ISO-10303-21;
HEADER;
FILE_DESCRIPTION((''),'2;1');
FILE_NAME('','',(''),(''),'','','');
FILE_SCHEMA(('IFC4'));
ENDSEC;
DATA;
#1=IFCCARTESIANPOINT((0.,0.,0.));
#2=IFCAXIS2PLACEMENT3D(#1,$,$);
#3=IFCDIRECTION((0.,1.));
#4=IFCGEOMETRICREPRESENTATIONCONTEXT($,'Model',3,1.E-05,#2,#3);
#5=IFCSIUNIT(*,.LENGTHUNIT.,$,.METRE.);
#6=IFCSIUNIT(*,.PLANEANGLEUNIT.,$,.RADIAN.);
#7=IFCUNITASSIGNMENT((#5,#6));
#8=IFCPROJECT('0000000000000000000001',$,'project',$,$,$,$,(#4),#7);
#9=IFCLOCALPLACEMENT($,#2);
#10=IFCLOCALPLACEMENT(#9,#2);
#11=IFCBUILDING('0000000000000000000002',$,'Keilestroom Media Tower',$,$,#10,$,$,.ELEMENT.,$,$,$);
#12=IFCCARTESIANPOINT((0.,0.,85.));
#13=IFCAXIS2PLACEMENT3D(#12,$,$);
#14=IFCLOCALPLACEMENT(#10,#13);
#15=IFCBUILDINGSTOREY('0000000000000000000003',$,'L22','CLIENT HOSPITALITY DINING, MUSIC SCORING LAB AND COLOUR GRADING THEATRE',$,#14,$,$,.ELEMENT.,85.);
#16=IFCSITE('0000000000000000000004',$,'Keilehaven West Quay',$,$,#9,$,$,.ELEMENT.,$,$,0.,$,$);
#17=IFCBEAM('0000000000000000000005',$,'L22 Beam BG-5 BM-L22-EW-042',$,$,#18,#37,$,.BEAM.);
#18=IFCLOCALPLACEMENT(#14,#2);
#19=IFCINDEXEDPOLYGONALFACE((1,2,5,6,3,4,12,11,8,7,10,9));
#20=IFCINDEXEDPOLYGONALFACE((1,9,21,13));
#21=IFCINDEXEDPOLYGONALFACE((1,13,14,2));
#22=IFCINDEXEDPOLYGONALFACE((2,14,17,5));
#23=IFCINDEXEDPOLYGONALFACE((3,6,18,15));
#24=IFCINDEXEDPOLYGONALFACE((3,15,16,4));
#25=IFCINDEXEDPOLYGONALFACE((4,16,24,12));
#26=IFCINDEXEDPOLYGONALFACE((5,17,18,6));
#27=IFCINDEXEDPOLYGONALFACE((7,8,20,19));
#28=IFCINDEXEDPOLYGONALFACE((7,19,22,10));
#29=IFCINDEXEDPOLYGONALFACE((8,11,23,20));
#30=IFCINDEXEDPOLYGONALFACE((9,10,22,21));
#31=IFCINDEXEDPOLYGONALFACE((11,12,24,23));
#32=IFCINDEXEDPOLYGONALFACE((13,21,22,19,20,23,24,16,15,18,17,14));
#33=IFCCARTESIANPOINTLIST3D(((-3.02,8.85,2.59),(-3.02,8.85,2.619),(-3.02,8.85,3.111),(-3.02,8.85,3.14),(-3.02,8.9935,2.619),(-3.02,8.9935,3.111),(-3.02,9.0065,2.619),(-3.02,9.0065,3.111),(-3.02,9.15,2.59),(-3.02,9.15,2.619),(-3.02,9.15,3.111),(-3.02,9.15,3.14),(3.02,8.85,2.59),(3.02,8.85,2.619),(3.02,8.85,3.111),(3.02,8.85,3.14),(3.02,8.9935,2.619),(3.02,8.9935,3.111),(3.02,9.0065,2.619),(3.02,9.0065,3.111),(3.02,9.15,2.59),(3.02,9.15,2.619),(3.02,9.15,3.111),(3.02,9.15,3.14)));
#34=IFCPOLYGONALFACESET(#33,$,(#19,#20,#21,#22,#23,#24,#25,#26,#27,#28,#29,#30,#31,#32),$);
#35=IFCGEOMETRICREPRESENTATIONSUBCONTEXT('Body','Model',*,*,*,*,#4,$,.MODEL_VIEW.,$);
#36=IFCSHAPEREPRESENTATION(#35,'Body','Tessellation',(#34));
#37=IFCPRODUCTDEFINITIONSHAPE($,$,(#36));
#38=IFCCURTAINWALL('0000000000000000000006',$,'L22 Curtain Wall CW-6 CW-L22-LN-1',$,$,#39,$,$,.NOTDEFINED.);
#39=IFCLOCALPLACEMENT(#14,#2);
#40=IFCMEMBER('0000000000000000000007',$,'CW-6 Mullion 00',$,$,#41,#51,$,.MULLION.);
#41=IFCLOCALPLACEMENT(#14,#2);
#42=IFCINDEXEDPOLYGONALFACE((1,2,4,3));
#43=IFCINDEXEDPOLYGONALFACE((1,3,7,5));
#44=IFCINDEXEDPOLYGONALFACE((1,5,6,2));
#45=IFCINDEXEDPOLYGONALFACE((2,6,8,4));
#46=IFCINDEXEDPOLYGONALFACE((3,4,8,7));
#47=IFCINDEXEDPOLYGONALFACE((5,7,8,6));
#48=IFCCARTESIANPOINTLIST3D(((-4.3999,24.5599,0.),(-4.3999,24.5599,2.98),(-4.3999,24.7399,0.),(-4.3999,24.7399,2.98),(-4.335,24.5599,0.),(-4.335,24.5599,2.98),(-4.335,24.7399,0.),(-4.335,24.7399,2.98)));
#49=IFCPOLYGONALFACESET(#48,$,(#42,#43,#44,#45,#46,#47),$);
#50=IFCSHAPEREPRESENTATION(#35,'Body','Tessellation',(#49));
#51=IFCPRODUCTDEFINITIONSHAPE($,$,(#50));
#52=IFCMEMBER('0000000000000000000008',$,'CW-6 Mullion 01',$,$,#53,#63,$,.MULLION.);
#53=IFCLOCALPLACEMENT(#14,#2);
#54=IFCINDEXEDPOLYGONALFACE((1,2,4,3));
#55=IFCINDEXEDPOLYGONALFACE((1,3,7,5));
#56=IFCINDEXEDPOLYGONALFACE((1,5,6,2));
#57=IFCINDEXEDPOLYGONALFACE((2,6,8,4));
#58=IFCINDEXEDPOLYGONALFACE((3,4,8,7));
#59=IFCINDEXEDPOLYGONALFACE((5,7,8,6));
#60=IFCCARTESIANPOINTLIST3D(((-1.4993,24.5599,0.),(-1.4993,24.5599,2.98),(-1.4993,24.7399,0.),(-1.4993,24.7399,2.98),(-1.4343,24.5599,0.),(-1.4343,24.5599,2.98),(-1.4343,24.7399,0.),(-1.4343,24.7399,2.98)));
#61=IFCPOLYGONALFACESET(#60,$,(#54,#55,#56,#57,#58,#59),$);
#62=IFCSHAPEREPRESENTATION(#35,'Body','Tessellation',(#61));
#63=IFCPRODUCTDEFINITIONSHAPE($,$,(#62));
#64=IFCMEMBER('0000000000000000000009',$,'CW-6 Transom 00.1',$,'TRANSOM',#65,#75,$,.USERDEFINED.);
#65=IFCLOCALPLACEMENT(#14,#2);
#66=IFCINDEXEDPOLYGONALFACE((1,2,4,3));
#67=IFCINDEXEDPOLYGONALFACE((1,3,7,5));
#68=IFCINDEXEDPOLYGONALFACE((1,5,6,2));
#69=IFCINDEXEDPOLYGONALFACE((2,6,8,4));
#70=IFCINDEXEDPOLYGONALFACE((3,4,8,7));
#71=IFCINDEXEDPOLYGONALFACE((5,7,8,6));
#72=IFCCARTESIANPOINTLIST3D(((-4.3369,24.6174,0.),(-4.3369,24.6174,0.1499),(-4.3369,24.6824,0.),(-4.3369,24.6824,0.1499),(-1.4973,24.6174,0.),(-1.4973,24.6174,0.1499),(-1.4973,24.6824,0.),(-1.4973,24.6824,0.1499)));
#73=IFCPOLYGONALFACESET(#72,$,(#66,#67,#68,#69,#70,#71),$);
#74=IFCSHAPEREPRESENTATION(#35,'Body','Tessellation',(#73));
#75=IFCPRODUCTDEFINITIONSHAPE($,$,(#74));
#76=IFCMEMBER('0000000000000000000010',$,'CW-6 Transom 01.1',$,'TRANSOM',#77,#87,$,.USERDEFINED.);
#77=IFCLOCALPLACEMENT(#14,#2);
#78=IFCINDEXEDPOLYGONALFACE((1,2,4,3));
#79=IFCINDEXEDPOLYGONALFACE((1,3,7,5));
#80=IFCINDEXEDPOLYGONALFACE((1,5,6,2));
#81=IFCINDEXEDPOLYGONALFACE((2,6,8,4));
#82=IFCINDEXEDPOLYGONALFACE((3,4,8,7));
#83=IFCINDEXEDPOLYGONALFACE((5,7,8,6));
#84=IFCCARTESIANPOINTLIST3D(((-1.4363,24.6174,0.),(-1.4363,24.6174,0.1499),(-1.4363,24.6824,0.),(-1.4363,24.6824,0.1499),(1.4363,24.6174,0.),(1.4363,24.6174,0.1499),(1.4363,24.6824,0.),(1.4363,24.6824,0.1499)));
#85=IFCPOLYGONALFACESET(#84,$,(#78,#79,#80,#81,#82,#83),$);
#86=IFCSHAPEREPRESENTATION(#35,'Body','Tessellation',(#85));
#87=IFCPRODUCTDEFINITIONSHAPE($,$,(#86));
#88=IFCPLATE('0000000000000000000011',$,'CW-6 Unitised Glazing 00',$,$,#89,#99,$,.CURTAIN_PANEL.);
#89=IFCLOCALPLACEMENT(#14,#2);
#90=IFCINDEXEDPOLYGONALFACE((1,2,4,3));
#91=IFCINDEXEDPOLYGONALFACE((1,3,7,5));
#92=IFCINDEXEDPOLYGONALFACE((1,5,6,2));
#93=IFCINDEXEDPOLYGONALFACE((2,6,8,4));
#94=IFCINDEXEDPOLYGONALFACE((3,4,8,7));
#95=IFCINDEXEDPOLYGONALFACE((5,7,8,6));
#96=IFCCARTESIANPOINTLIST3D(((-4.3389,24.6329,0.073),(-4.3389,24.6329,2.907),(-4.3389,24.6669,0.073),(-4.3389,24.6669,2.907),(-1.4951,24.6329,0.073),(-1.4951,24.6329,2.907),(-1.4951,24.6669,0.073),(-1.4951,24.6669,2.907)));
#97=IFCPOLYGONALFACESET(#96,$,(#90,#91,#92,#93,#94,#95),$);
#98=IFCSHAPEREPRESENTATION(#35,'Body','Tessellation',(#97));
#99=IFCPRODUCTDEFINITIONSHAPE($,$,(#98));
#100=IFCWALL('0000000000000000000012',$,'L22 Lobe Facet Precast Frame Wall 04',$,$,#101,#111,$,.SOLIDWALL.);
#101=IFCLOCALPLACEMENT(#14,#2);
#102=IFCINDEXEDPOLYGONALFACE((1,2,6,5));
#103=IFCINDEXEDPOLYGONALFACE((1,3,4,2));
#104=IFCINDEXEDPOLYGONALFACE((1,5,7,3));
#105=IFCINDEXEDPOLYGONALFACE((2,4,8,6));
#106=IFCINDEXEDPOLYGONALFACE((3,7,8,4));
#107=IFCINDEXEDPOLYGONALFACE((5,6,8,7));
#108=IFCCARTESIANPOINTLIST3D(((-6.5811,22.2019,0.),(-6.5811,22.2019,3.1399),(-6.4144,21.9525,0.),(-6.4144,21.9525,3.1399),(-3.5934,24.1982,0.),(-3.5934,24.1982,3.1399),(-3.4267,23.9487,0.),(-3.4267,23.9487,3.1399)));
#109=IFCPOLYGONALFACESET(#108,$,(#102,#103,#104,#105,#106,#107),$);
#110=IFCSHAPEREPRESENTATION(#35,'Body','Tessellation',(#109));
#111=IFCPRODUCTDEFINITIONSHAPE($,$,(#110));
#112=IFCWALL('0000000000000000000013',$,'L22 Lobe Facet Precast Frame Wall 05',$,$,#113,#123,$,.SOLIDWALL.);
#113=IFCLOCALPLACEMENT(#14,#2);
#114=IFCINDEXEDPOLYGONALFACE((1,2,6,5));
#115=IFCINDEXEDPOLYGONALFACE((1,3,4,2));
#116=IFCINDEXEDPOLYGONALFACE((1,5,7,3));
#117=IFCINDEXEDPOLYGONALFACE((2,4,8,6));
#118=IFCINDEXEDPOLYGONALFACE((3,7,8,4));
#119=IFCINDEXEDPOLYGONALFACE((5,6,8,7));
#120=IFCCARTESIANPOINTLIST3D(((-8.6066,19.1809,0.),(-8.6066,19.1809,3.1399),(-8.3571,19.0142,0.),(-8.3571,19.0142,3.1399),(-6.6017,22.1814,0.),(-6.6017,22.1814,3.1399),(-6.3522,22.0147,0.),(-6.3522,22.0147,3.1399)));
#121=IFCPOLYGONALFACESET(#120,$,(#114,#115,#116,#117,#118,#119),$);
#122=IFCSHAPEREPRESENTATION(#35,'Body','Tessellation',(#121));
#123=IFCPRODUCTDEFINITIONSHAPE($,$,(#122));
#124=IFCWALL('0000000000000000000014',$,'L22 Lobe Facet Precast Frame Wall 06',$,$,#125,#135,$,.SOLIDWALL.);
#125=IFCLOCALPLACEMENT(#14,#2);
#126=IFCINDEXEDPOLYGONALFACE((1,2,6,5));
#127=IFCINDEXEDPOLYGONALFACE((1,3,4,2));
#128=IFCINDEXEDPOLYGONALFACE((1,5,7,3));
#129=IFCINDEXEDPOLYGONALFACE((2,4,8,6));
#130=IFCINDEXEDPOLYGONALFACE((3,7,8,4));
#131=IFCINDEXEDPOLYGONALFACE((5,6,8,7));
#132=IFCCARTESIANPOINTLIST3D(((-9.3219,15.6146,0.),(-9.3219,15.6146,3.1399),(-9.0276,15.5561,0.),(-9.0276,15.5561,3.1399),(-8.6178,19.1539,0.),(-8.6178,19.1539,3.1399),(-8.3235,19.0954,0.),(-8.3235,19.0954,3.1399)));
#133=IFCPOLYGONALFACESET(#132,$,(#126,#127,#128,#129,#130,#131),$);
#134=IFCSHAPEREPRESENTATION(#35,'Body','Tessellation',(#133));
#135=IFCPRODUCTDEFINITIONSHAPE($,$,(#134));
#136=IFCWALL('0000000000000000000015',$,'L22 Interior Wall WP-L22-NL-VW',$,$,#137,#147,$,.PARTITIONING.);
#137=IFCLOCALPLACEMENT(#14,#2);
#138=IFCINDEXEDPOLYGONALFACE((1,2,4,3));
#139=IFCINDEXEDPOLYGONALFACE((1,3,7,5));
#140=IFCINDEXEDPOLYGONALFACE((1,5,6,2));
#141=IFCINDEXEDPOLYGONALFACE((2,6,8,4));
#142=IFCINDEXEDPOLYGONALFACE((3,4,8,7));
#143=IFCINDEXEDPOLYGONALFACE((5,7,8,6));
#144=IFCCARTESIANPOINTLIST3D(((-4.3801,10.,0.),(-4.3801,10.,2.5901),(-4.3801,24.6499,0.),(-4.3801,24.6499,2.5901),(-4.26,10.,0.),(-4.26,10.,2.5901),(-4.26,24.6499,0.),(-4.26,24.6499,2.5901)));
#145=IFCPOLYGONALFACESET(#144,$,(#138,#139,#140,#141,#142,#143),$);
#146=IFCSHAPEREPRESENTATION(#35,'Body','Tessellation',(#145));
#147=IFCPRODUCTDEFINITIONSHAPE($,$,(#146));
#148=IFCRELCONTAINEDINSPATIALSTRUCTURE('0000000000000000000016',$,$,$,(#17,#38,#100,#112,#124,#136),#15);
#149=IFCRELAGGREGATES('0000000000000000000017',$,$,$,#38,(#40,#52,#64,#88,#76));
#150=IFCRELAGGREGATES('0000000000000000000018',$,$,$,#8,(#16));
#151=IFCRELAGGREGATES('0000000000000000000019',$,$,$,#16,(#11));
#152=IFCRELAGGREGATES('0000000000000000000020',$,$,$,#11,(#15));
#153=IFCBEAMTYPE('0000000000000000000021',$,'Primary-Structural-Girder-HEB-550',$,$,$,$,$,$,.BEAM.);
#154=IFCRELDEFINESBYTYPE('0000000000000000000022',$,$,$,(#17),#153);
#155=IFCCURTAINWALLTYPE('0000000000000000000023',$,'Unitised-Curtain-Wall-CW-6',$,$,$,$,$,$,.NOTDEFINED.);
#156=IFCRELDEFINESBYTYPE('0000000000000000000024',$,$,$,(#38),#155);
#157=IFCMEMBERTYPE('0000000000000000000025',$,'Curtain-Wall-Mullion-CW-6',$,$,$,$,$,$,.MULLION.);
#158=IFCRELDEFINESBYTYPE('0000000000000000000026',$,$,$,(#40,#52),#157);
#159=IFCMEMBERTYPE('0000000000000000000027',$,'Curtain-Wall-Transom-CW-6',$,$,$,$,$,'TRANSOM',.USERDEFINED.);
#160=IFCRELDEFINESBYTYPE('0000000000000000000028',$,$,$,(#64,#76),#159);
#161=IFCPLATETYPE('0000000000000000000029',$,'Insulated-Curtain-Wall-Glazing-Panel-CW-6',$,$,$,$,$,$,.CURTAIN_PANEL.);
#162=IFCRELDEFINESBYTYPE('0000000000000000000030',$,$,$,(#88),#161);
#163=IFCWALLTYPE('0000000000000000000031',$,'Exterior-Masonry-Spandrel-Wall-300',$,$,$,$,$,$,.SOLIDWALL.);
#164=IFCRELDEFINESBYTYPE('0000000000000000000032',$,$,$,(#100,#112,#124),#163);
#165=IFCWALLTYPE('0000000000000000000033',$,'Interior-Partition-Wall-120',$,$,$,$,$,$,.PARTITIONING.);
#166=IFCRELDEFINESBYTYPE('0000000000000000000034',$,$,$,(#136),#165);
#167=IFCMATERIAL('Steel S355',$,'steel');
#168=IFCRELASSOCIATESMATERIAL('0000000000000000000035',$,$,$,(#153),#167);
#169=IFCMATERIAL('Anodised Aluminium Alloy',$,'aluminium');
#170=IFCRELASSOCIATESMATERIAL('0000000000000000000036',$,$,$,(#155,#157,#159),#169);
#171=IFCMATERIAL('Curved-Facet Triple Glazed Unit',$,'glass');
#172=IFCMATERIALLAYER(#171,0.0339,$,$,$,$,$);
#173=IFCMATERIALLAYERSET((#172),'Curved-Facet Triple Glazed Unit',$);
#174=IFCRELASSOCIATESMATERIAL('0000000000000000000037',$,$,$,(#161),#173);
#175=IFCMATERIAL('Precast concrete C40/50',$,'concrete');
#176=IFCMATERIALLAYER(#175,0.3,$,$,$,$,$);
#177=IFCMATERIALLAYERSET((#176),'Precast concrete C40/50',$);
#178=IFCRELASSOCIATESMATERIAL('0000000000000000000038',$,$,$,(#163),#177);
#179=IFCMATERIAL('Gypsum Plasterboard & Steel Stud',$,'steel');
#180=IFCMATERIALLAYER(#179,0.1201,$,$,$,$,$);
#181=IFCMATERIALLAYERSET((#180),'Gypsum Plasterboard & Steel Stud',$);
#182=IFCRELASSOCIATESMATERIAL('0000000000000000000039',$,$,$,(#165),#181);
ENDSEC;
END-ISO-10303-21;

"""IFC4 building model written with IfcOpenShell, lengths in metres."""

from ifc_helpers import new_model, si_unit, direction, frame, frame_2d, origin, origin_2d, place, context, subcontext, project, spatial, rectangle, i_section, extrude, source, transform, mapped, material, layer, layer_set, material_profile, profile_set, type_object, element, aggregate, save


model = new_model("IFC4")

# Units and contexts
model_context = context("Model", 3, precision=1e-05, world=origin(), true_north=direction((0.0, 1.0)))
body_context = subcontext(model_context, "Body", "Model", "MODEL_VIEW")
ifc_project = project(units=[si_unit("LENGTHUNIT", "METRE"), si_unit("PLANEANGLEUNIT", "RADIAN")], contexts=[model_context])

# Site, building, storey
site_placement = place(None, origin())
site = spatial("IfcSite", under=ifc_project, at=site_placement, Name="Keilehaven West Quay", CompositionType="ELEMENT", RefElevation=0.0)
building_placement = place(site_placement, origin())
building = spatial("IfcBuilding", under=site, at=building_placement, Name="Keilestroom Media Tower", CompositionType="ELEMENT")
storey_placement = place(building_placement, frame((0.0, 0.0, 85.0)))
storey = spatial("IfcBuildingStorey", under=building, at=storey_placement, Name="L22", Description="CLIENT HOSPITALITY DINING, MUSIC SCORING LAB AND COLOUR GRADING THEATRE", CompositionType="ELEMENT", Elevation=85.0)

# Beam
ifc_material_1 = material(Name="Steel S355", Category="steel")
ifc_material_profile_1 = material_profile(ifc_material_1, i_section(OverallWidth=0.3, OverallDepth=0.55, WebThickness=0.0129, FlangeThickness=0.0291, at=origin_2d()), Name="HEB 550")
ifc_profile_set_1 = profile_set([ifc_material_profile_1], Name="Steel S355")
beam_type = type_object("IfcBeamType", Name="Primary-Structural-Girder-HEB-550", PredefinedType="BEAM", material=ifc_profile_set_1)
shared_shape_1 = source(origin(), body_context, "Body", "SweptSolid", [
    extrude(i_section(OverallWidth=0.3, OverallDepth=0.55, WebThickness=0.0129, FlangeThickness=0.0291, at=origin_2d()), origin(), (0.0, 0.0, 1.0), 6.04),
])
beam_1_placement = place(storey_placement, frame((-3.02, 9.0, 2.865), z_axis=(1.0, 0.0, 0.0), x_axis=(0.0, 1.0, 0.0)))
element("IfcBeam", 1, at=beam_1_placement, inside=storey, type_object=beam_type, Name="L22 Beam BG-5 BM-L22-EW-042", PredefinedType="BEAM", context=body_context, shape_type="MappedRepresentation", body=[
    mapped(shared_shape_1, transform((0.0, 0.0, 0.0), x_axis=(1.0, 0.0, 0.0), y_axis=(0.0, 1.0, 0.0), z_axis=(0.0, 0.0, 1.0), scale=1.0)),
])

# Curtain wall, members, plate
ifc_material_2 = material(Name="Anodised Aluminium Alloy", Category="aluminium")
curtain_wall_type = type_object("IfcCurtainWallType", Name="Unitised-Curtain-Wall-CW-6", PredefinedType="NOTDEFINED", material=ifc_material_2)
curtain_wall_placement = place(storey_placement, origin())
curtain_wall = element("IfcCurtainWall", 2, at=curtain_wall_placement, inside=storey, type_object=curtain_wall_type, Name="L22 Curtain Wall CW-6 CW-L22-LN-1", PredefinedType="NOTDEFINED")
ifc_material_profile_2 = material_profile(ifc_material_2, rectangle(XDim=0.0649, YDim=0.1799, at=origin_2d()), Name="ALU MULLION 65x180")
ifc_profile_set_2 = profile_set([ifc_material_profile_2], Name="Anodised Aluminium Alloy")
member_type_1 = type_object("IfcMemberType", Name="Curtain-Wall-Mullion-CW-6", PredefinedType="MULLION", material=ifc_profile_set_2)
shared_shape_2 = source(origin(), body_context, "Body", "SweptSolid", [
    extrude(rectangle(XDim=0.0649, YDim=0.1799, at=origin_2d()), origin(), (0.0, 0.0, 1.0), 2.98),
])
member_1_placement = place(storey_placement, frame((-4.3674, 24.6499, 0.0), z_axis=(0.0, 0.0, 1.0), x_axis=(1.0, 0.0, 0.0)))
member_1 = element("IfcMember", 3, at=member_1_placement, type_object=member_type_1, Name="CW-6 Mullion 00", PredefinedType="MULLION", context=body_context, shape_type="MappedRepresentation", body=[
    mapped(shared_shape_2, transform((0.0, 0.0, 0.0), x_axis=(1.0, 0.0, 0.0), y_axis=(0.0, 1.0, 0.0), z_axis=(0.0, 0.0, 1.0), scale=1.0)),
])
member_2_placement = place(storey_placement, frame((-1.4668, 24.6499, 0.0), z_axis=(0.0, 0.0, 1.0), x_axis=(1.0, 0.0, 0.0)))
member_2 = element("IfcMember", 4, at=member_2_placement, type_object=member_type_1, Name="CW-6 Mullion 01", PredefinedType="MULLION", context=body_context, shape_type="MappedRepresentation", body=[
    mapped(shared_shape_2, transform((0.0, 0.0, 0.0), x_axis=(1.0, 0.0, 0.0), y_axis=(0.0, 1.0, 0.0), z_axis=(0.0, 0.0, 1.0), scale=1.0)),
])
ifc_material_profile_3 = material_profile(ifc_material_2, rectangle(XDim=0.0649, YDim=0.1499, at=origin_2d()), Name="ALU TRANSOM 65x150")
ifc_profile_set_3 = profile_set([ifc_material_profile_3], Name="Anodised Aluminium Alloy")
member_type_2 = type_object("IfcMemberType", Name="Curtain-Wall-Transom-CW-6", ElementType="TRANSOM", PredefinedType="USERDEFINED", material=ifc_profile_set_3)
shared_shape_3 = source(origin(), body_context, "Body", "SweptSolid", [
    extrude(rectangle(XDim=0.0649, YDim=0.1499, at=origin_2d()), origin(), (0.0, 0.0, 1.0), 2.8396),
])
member_3_placement = place(storey_placement, frame((-4.3369, 24.6499, 0.075), z_axis=(1.0, 0.0, 0.0), x_axis=(0.0, 1.0, 0.0)))
member_3 = element("IfcMember", 5, at=member_3_placement, type_object=member_type_2, Name="CW-6 Transom 00.1", ObjectType="TRANSOM", PredefinedType="USERDEFINED", context=body_context, shape_type="MappedRepresentation", body=[
    mapped(shared_shape_3, transform((0.0, 0.0, 0.0), x_axis=(1.0, 0.0, 0.0), y_axis=(0.0, 1.0, 0.0), z_axis=(0.0, 0.0, 1.0), scale=1.0)),
])
shared_shape_4 = source(origin(), body_context, "Body", "SweptSolid", [
    extrude(rectangle(XDim=0.0649, YDim=0.1499, at=origin_2d()), origin(), (0.0, 0.0, 1.0), 2.8726),
])
member_4_placement = place(storey_placement, frame((-1.4363, 24.6499, 0.075), z_axis=(1.0, 0.0, 0.0), x_axis=(0.0, 1.0, 0.0)))
member_4 = element("IfcMember", 6, at=member_4_placement, type_object=member_type_2, Name="CW-6 Transom 01.1", ObjectType="TRANSOM", PredefinedType="USERDEFINED", context=body_context, shape_type="MappedRepresentation", body=[
    mapped(shared_shape_4, transform((0.0, 0.0, 0.0), x_axis=(1.0, 0.0, 0.0), y_axis=(0.0, 1.0, 0.0), z_axis=(0.0, 0.0, 1.0), scale=1.0)),
])
ifc_material_3 = material(Name="Curved-Facet Triple Glazed Unit", Category="glass")
ifc_layer_1 = layer(ifc_material_3, 0.0339)
ifc_layer_set_1 = layer_set([ifc_layer_1], Name="Curved-Facet Triple Glazed Unit")
plate_type = type_object("IfcPlateType", Name="Insulated-Curtain-Wall-Glazing-Panel-CW-6", PredefinedType="CURTAIN_PANEL", material=ifc_layer_set_1)
shared_shape_5 = source(origin(), body_context, "Body", "SweptSolid", [
    extrude(rectangle(XDim=2.8438, YDim=0.0339, at=origin_2d()), origin(), (0.0, 0.0, 1.0), 2.834),
])
plate_placement = place(storey_placement, frame((-2.917, 24.6499, 0.073), z_axis=(0.0, 0.0, 1.0), x_axis=(1.0, 0.0, 0.0)))
plate = element("IfcPlate", 7, at=plate_placement, type_object=plate_type, Name="CW-6 Unitised Glazing 00", PredefinedType="CURTAIN_PANEL", context=body_context, shape_type="MappedRepresentation", body=[
    mapped(shared_shape_5, transform((0.0, 0.0, 0.0), x_axis=(1.0, 0.0, 0.0), y_axis=(0.0, 1.0, 0.0), z_axis=(0.0, 0.0, 1.0), scale=1.0)),
])
aggregate(curtain_wall, [member_1, member_2, member_3, plate, member_4])

# Walls
ifc_material_4 = material(Name="Precast concrete C40/50", Category="concrete")
ifc_layer_2 = layer(ifc_material_4, 0.3)
ifc_layer_set_2 = layer_set([ifc_layer_2], Name="Precast concrete C40/50")
wall_type_1 = type_object("IfcWallType", Name="Exterior-Masonry-Spandrel-Wall-300", PredefinedType="SOLIDWALL", material=ifc_layer_set_2)
wall_1_placement = place(storey_placement, frame((-3.51, 24.0735, 0.0), z_axis=(0.0, 0.0, 1.0), x_axis=(-0.831475, -0.555562, 0.0)))
element("IfcWall", 8, at=wall_1_placement, inside=storey, type_object=wall_type_1, Name="L22 Lobe Facet Precast Frame Wall 04", PredefinedType="SOLIDWALL", context=body_context, shape_type="SweptSolid", body=[
    extrude(rectangle(XDim=3.5933, YDim=0.3, at=frame_2d((1.7966, 0.0))), origin(), (0.0, 0.0, 1.0), 3.1399),
])
for number, where, z_axis, x_axis, name in (
    (9, (-6.4771, 22.0979, 0.0), (0.0, 0.0, 1.0), (-0.555574, -0.831467, 0.0), "L22 Lobe Facet Precast Frame Wall 05"),
    (10, (-8.4707, 19.1245, 0.0), (0.0, 0.0, 1.0), (-0.195114, -0.980781, 0.0), "L22 Lobe Facet Precast Frame Wall 06"),
):
    element("IfcWall", number, at=place(storey_placement, frame(where, z_axis=z_axis, x_axis=x_axis)), inside=storey, type_object=wall_type_1, Name=name, PredefinedType="SOLIDWALL", context=body_context, shape_type="SweptSolid", body=[
        extrude(rectangle(XDim=3.6086, YDim=0.3, at=frame_2d((1.8042, 0.0))), origin(), (0.0, 0.0, 1.0), 3.1399),
    ])
ifc_material_5 = material(Name="Gypsum Plasterboard & Steel Stud", Category="steel")
ifc_layer_3 = layer(ifc_material_5, 0.1201)
ifc_layer_set_3 = layer_set([ifc_layer_3], Name="Gypsum Plasterboard & Steel Stud")
wall_type_2 = type_object("IfcWallType", Name="Interior-Partition-Wall-120", PredefinedType="PARTITIONING", material=ifc_layer_set_3)
wall_2_placement = place(storey_placement, frame((-4.3201, 10.0, 0.0), z_axis=(0.0, 0.0, 1.0), x_axis=(0.0, 1.0, 0.0)))
element("IfcWall", 11, at=wall_2_placement, inside=storey, type_object=wall_type_2, Name="L22 Interior Wall WP-L22-NL-VW", PredefinedType="PARTITIONING", context=body_context, shape_type="SweptSolid", body=[
    extrude(rectangle(XDim=14.6499, YDim=0.1201, at=frame_2d((7.325, 0.0))), origin(), (0.0, 0.0, 1.0), 2.5901),
])

save(model, "model.ifc")
